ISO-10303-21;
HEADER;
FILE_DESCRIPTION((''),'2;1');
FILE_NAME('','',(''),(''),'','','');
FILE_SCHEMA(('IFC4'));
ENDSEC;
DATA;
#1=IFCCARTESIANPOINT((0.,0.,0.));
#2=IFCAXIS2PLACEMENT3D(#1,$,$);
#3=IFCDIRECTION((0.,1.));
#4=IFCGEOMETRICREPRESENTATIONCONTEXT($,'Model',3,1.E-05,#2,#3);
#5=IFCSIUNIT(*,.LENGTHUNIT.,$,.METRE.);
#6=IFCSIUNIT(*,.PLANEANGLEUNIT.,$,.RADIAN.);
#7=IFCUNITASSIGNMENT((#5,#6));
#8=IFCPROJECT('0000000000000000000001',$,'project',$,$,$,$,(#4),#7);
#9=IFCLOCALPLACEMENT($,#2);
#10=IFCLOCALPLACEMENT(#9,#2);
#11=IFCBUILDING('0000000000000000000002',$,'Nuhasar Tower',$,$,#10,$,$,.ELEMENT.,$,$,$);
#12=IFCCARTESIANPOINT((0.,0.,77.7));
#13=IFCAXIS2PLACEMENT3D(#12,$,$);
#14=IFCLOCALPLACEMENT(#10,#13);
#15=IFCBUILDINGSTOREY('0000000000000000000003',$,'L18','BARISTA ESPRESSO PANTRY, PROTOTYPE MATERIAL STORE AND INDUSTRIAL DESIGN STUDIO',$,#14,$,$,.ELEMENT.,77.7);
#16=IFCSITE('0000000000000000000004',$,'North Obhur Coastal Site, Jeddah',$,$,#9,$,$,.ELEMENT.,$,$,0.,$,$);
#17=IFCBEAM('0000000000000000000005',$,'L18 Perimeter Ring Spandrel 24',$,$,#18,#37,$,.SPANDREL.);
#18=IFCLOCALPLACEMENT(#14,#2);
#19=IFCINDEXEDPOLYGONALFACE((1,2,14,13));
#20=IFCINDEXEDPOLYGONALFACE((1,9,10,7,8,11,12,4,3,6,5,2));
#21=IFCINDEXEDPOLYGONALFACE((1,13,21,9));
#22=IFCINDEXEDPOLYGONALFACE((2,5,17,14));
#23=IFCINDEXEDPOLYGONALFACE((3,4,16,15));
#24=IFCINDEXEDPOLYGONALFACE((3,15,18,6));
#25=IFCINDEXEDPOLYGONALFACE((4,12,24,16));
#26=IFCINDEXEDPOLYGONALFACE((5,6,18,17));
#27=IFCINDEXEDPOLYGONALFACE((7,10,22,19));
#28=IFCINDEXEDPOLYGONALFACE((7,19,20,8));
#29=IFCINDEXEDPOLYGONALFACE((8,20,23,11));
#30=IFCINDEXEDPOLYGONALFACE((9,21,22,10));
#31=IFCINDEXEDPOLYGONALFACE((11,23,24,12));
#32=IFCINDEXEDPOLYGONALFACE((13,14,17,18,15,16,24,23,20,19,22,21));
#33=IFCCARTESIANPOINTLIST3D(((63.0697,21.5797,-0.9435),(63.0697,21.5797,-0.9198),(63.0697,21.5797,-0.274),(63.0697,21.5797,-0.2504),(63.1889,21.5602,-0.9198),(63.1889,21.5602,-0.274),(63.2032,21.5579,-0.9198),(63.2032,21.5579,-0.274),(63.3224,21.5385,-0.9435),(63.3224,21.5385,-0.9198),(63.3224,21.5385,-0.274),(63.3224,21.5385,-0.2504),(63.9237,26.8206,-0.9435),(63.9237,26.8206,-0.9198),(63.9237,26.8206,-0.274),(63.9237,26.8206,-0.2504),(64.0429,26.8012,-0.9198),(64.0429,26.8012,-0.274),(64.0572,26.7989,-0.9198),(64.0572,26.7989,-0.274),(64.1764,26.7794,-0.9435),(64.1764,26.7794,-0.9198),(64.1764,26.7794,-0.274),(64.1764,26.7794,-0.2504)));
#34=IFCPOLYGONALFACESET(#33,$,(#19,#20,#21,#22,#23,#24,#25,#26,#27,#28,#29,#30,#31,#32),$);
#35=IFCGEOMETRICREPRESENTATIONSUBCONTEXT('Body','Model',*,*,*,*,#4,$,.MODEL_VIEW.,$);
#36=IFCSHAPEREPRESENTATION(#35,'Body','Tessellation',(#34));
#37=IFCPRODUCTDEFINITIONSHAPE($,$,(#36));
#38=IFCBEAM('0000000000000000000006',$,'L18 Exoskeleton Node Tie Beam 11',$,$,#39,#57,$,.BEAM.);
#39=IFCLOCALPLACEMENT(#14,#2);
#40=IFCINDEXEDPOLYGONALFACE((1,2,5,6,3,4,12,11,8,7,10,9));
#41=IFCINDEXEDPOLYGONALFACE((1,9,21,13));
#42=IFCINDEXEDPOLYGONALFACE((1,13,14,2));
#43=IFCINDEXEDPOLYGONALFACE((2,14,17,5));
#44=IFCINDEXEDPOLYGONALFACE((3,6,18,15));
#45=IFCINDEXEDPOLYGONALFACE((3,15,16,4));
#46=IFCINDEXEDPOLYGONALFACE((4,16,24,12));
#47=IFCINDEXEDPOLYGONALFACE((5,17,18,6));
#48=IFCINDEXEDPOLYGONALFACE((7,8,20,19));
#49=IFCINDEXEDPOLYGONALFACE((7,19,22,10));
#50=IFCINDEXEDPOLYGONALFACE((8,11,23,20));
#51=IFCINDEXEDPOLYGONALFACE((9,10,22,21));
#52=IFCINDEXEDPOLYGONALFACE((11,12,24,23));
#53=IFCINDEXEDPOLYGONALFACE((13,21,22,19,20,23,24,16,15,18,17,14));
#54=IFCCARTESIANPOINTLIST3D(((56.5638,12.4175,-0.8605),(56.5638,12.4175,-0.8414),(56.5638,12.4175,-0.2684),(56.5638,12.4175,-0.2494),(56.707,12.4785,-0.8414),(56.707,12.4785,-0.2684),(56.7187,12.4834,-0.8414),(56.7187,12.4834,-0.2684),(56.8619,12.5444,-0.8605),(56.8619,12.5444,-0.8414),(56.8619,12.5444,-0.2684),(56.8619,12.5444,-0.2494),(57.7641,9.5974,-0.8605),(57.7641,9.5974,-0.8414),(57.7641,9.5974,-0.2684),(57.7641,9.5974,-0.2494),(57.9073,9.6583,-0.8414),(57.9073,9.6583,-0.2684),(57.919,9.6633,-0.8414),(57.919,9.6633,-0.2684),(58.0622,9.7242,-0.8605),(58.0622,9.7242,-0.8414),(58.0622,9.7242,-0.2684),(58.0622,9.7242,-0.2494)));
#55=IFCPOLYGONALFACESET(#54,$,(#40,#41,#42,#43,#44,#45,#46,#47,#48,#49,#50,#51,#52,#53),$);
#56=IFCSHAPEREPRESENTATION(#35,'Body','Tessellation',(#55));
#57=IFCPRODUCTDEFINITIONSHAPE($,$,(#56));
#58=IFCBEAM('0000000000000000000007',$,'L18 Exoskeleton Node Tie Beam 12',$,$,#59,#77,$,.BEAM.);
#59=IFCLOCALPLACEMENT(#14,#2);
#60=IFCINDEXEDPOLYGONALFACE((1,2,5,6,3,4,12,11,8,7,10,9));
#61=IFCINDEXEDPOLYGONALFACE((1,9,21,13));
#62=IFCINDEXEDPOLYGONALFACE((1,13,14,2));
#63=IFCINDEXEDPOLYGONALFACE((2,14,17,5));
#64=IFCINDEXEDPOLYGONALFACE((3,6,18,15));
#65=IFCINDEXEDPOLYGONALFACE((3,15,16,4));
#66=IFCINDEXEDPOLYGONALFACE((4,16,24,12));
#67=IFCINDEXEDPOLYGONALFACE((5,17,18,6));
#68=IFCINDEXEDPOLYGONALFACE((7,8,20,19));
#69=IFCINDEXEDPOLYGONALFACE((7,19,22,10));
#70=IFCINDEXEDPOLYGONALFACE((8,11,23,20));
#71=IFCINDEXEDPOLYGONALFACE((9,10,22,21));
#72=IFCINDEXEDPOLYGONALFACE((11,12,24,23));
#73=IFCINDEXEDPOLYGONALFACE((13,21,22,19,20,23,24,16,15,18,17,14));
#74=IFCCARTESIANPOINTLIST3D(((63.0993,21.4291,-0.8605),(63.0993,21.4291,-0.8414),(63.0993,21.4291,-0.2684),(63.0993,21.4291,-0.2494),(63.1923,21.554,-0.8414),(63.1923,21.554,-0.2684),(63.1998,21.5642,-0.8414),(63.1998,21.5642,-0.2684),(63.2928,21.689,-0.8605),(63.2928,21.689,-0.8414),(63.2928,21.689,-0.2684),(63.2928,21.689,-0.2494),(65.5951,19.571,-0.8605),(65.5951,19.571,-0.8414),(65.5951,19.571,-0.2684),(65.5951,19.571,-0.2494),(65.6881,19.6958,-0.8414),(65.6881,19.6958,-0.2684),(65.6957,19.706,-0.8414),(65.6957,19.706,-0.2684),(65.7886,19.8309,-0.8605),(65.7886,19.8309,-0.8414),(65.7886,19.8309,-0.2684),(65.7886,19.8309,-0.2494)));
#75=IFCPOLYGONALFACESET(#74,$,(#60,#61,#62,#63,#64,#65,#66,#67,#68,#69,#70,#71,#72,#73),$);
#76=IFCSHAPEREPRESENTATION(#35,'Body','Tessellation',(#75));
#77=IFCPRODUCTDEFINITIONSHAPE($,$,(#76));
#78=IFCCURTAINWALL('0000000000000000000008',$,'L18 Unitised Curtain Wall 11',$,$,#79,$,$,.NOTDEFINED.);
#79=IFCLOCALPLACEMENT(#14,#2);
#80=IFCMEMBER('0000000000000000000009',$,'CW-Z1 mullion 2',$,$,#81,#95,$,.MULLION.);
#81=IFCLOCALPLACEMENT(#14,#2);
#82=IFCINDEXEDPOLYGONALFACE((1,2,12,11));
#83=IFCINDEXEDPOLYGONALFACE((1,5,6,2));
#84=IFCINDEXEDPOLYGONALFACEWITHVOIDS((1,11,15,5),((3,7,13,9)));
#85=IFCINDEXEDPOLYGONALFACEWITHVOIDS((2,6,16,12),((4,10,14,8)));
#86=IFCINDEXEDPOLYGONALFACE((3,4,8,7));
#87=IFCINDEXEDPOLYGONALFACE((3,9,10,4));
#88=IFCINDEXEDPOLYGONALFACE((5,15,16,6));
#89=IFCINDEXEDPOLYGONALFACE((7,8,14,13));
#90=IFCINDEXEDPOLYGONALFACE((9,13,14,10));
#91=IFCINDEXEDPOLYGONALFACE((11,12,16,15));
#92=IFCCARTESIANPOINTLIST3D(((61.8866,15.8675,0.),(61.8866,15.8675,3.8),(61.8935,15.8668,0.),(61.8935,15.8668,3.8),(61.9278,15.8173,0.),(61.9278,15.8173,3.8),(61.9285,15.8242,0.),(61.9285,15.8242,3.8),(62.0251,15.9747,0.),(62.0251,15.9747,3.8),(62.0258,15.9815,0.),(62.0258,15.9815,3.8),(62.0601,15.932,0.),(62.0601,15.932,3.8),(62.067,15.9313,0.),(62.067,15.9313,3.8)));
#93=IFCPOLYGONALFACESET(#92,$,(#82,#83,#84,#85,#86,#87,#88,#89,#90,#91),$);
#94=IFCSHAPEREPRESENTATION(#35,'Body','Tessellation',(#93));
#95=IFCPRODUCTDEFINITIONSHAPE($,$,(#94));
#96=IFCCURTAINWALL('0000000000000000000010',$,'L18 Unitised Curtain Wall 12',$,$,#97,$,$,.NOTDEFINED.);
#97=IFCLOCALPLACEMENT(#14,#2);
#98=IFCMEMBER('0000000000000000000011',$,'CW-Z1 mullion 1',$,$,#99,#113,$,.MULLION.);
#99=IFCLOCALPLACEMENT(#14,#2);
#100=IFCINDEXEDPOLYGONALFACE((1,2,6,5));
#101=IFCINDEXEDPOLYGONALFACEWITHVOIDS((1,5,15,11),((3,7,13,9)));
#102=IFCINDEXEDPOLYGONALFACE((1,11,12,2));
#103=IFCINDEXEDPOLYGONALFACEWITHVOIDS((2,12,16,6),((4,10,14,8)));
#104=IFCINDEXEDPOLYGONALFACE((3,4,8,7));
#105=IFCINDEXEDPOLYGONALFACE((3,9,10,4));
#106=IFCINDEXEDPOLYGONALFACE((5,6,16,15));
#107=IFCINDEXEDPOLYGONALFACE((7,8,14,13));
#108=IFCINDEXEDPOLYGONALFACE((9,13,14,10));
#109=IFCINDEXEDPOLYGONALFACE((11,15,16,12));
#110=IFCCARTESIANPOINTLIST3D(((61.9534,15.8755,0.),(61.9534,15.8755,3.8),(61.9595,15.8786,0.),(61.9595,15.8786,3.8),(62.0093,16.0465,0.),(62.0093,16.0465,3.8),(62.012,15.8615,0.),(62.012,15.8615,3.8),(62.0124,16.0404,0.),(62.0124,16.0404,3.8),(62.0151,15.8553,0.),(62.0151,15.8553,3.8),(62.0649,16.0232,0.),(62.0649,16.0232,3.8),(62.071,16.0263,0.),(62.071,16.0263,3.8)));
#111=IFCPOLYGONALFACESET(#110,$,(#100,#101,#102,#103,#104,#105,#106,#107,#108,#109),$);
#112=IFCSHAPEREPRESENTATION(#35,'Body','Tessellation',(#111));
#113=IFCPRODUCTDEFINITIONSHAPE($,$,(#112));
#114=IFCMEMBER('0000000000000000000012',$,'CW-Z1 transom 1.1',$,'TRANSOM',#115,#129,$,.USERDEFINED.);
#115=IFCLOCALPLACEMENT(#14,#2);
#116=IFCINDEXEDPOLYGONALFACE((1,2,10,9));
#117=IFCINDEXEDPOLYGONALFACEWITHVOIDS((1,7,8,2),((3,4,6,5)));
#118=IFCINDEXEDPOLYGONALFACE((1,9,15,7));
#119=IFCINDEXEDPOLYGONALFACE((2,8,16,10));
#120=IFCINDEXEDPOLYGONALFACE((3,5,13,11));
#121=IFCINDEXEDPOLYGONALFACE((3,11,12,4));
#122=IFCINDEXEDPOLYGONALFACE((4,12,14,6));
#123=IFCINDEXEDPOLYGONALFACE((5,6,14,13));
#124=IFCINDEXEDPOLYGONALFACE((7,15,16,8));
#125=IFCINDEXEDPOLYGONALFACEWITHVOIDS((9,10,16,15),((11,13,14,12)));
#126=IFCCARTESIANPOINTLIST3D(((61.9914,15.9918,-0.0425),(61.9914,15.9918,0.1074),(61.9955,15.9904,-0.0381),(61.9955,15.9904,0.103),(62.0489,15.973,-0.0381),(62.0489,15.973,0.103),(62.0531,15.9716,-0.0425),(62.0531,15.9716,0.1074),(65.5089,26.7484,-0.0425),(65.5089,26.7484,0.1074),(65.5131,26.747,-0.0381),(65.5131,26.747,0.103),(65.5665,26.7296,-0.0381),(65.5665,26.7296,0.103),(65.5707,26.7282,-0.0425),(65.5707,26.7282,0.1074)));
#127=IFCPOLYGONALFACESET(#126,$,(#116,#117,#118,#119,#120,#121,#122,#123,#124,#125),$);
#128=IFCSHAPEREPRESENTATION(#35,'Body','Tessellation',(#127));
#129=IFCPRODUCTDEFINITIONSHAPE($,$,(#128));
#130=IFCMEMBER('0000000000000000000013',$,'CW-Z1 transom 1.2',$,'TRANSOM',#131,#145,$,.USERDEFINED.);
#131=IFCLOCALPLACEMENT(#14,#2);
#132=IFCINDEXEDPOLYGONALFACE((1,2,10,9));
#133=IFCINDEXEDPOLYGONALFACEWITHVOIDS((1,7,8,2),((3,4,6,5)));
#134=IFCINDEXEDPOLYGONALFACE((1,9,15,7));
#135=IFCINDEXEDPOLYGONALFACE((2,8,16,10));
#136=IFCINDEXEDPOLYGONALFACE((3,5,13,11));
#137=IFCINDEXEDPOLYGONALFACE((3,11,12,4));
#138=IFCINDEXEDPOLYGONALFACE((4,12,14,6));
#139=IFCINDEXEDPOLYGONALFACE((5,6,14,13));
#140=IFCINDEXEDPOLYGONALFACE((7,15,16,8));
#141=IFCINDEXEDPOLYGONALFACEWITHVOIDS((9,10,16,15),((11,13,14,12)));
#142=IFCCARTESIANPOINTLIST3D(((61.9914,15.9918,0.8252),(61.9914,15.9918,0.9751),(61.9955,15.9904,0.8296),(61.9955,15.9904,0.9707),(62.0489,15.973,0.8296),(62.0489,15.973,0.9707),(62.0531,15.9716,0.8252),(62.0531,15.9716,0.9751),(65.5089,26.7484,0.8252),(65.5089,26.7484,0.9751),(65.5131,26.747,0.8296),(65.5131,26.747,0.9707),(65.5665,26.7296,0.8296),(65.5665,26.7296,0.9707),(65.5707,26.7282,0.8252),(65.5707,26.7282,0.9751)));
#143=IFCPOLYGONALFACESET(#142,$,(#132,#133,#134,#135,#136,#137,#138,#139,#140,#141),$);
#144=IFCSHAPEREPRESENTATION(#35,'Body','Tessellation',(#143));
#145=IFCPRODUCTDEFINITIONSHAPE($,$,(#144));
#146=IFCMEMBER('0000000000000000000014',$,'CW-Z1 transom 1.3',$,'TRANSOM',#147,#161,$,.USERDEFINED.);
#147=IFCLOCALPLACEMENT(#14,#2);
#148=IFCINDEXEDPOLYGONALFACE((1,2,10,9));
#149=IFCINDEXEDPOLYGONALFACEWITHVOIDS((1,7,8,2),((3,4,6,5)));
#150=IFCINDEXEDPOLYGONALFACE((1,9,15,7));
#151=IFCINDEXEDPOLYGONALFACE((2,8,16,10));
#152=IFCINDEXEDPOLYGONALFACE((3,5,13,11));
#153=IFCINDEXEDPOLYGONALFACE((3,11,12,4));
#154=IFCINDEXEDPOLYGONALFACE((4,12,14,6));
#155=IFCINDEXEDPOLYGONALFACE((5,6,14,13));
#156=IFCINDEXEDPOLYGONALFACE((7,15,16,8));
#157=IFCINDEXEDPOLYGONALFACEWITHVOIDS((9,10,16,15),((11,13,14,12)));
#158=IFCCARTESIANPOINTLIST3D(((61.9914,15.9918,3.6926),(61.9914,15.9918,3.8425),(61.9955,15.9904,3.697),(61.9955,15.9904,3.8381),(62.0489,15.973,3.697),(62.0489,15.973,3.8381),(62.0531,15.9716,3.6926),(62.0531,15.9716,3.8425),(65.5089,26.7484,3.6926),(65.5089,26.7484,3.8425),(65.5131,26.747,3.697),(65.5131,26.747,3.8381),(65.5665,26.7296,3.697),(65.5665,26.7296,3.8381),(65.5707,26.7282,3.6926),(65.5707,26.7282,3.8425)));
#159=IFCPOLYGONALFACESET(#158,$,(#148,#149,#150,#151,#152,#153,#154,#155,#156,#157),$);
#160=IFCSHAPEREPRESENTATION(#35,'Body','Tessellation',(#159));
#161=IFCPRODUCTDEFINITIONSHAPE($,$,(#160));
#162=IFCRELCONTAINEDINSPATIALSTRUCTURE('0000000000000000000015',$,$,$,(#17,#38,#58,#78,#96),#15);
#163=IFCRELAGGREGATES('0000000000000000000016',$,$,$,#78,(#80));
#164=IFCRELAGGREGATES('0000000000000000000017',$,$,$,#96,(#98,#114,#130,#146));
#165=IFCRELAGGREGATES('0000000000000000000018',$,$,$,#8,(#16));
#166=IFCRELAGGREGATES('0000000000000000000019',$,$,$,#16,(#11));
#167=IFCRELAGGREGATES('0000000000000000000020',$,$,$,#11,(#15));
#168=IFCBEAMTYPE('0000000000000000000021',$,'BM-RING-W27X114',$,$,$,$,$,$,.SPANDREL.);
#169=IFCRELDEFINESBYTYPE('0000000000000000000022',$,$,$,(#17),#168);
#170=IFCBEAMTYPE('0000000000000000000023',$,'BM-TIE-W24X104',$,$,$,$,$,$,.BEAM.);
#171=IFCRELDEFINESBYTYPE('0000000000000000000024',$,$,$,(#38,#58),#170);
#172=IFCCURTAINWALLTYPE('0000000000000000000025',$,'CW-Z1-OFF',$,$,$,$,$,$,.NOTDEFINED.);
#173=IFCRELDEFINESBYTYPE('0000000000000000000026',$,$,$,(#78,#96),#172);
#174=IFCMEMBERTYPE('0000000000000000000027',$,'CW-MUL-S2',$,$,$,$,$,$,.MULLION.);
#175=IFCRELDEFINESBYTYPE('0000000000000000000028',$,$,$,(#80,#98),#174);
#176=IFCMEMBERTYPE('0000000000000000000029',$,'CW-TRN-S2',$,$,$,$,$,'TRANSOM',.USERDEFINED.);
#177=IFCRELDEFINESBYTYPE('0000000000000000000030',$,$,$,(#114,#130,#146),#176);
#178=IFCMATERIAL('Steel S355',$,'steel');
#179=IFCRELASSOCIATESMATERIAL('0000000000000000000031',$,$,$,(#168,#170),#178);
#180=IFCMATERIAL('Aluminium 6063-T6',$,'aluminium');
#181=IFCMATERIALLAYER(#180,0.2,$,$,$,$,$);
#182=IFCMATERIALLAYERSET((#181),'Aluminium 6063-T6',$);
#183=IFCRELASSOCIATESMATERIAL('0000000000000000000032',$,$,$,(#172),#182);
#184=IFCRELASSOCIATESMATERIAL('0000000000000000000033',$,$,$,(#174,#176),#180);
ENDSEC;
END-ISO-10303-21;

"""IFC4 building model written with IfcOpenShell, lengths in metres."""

from ifc_helpers import new_model, si_unit, direction, frame, origin, origin_2d, place, context, subcontext, project, spatial, hollow_rectangle, i_section, extrude, material, layer, layer_set, material_profile, profile_set, type_object, element, aggregate, save


model = new_model("IFC4")

# Units and contexts
model_context = context("Model", 3, precision=1e-05, world=origin(), true_north=direction((0.0, 1.0)))
body_context = subcontext(model_context, "Body", "Model", "MODEL_VIEW")
ifc_project = project(units=[si_unit("LENGTHUNIT", "METRE"), si_unit("PLANEANGLEUNIT", "RADIAN")], contexts=[model_context])

# Site, building, storey
site_placement = place(None, origin())
site = spatial("IfcSite", under=ifc_project, at=site_placement, Name="North Obhur Coastal Site, Jeddah", CompositionType="ELEMENT", RefElevation=0.0)
building_placement = place(site_placement, origin())
building = spatial("IfcBuilding", under=site, at=building_placement, Name="Nuhasar Tower", CompositionType="ELEMENT")
storey_placement = place(building_placement, frame((0.0, 0.0, 77.7)))
storey = spatial("IfcBuildingStorey", under=building, at=storey_placement, Name="L18", Description="BARISTA ESPRESSO PANTRY, PROTOTYPE MATERIAL STORE AND INDUSTRIAL DESIGN STUDIO", CompositionType="ELEMENT", Elevation=77.7)

# Beams
ifc_material_1 = material(Name="Steel S355", Category="steel")
ifc_material_profile_1 = material_profile(ifc_material_1, i_section(OverallWidth=0.2561, OverallDepth=0.6931, WebThickness=0.0144, FlangeThickness=0.0237, at=origin_2d()), Name="W27X114")
ifc_profile_set_1 = profile_set([ifc_material_profile_1], Name="Steel S355")
beam_type_1 = type_object("IfcBeamType", Name="BM-RING-W27X114", PredefinedType="SPANDREL", material=ifc_profile_set_1)
beam_1_placement = place(storey_placement, frame((63.196, 21.5591, -0.5969), z_axis=(0.160827, 0.986983, 0.0), x_axis=(-0.986983, 0.160827, 0.0)))
element("IfcBeam", 1, at=beam_1_placement, inside=storey, type_object=beam_type_1, Name="L18 Perimeter Ring Spandrel 24", PredefinedType="SPANDREL", context=body_context, shape_type="SweptSolid", body=[
    extrude(i_section(OverallWidth=0.2561, OverallDepth=0.6931, WebThickness=0.0144, FlangeThickness=0.0237, at=origin_2d()), origin(), (0.0, 0.0, 1.0), 5.3101),
])
ifc_material_profile_2 = material_profile(ifc_material_1, i_section(OverallWidth=0.324, OverallDepth=0.6111, WebThickness=0.0127, FlangeThickness=0.019, at=origin_2d()), Name="W24X104")
ifc_profile_set_2 = profile_set([ifc_material_profile_2], Name="Steel S355")
beam_type_2 = type_object("IfcBeamType", Name="BM-TIE-W24X104", PredefinedType="BEAM", material=ifc_profile_set_2)
beam_2_placement = place(storey_placement, frame((56.7129, 12.481, -0.5549), z_axis=(0.391601, -0.920135, 0.0), x_axis=(0.920135, 0.391601, 0.0)))
element("IfcBeam", 2, at=beam_2_placement, inside=storey, type_object=beam_type_2, Name="L18 Exoskeleton Node Tie Beam 11", PredefinedType="BEAM", context=body_context, shape_type="SweptSolid", body=[
    extrude(i_section(OverallWidth=0.324, OverallDepth=0.6111, WebThickness=0.0127, FlangeThickness=0.019, at=origin_2d()), origin(), (0.0, 0.0, 1.0), 3.0649),
])
beam_3_placement = place(storey_placement, frame((63.196, 21.5591, -0.5549), z_axis=(0.802113, -0.597172, 0.0), x_axis=(0.597172, 0.802113, 0.0)))
element("IfcBeam", 3, at=beam_3_placement, inside=storey, type_object=beam_type_2, Name="L18 Exoskeleton Node Tie Beam 12", PredefinedType="BEAM", context=body_context, shape_type="SweptSolid", body=[
    extrude(i_section(OverallWidth=0.324, OverallDepth=0.6111, WebThickness=0.0127, FlangeThickness=0.019, at=origin_2d()), origin(), (0.0, 0.0, 1.0), 3.1116),
])

# Curtain wall, member
ifc_material_2 = material(Name="Aluminium 6063-T6", Category="aluminium")
ifc_layer_1 = layer(ifc_material_2, 0.2)
ifc_layer_set_1 = layer_set([ifc_layer_1], Name="Aluminium 6063-T6")
curtain_wall_type = type_object("IfcCurtainWallType", Name="CW-Z1-OFF", PredefinedType="NOTDEFINED", material=ifc_layer_set_1)
curtain_wall_1_placement = place(storey_placement, origin())
curtain_wall_1 = element("IfcCurtainWall", 4, at=curtain_wall_1_placement, inside=storey, type_object=curtain_wall_type, Name="L18 Unitised Curtain Wall 11", PredefinedType="NOTDEFINED")
ifc_material_profile_3 = material_profile(ifc_material_2, hollow_rectangle(XDim=0.0649, YDim=0.1799, WallThickness=0.0049, at=origin_2d()), Name="CWM-2")
ifc_profile_set_3 = profile_set([ifc_material_profile_3], Name="Aluminium 6063-T6")
member_type_1 = type_object("IfcMemberType", Name="CW-MUL-S2", PredefinedType="MULLION", material=ifc_profile_set_3)
member_1_placement = place(storey_placement, frame((61.9768, 15.8994, 0.0), z_axis=(0.0, 0.0, 1.0), x_axis=(-0.633745, 0.773542, 0.0)))
member_1 = element("IfcMember", 5, at=member_1_placement, type_object=member_type_1, Name="CW-Z1 mullion 2", PredefinedType="MULLION", context=body_context, shape_type="SweptSolid", body=[
    extrude(hollow_rectangle(XDim=0.0649, YDim=0.1799, WallThickness=0.0049, at=origin_2d()), origin(), (0.0, 0.0, 1.0), 3.8),
])

# Curtain wall, members
curtain_wall_2_placement = place(storey_placement, origin())
curtain_wall_2 = element("IfcCurtainWall", 6, at=curtain_wall_2_placement, inside=storey, type_object=curtain_wall_type, Name="L18 Unitised Curtain Wall 12", PredefinedType="NOTDEFINED")
member_2_placement = place(storey_placement, frame((62.0122, 15.9509, 0.0), z_axis=(0.0, 0.0, 1.0), x_axis=(-0.950468, 0.310824, 0.0)))
member_2 = element("IfcMember", 7, at=member_2_placement, type_object=member_type_1, Name="CW-Z1 mullion 1", PredefinedType="MULLION", context=body_context, shape_type="SweptSolid", body=[
    extrude(hollow_rectangle(XDim=0.0649, YDim=0.1799, WallThickness=0.0049, at=origin_2d()), origin(), (0.0, 0.0, 1.0), 3.8),
])
ifc_material_profile_4 = material_profile(ifc_material_2, hollow_rectangle(XDim=0.0649, YDim=0.1499, WallThickness=0.0044, at=origin_2d()), Name="CWT-2")
ifc_profile_set_4 = profile_set([ifc_material_profile_4], Name="Aluminium 6063-T6")
member_type_2 = type_object("IfcMemberType", Name="CW-TRN-S2", ElementType="TRANSOM", PredefinedType="USERDEFINED", material=ifc_profile_set_4)
member_3_placement = place(storey_placement, frame((62.0222, 15.9817, 0.0325), z_axis=(0.310819, 0.950469, 0.0), x_axis=(-0.950469, 0.310819, 0.0)))
member_3 = element("IfcMember", 8, at=member_3_placement, type_object=member_type_2, Name="CW-Z1 transom 1.1", ObjectType="TRANSOM", PredefinedType="USERDEFINED", context=body_context, shape_type="SweptSolid", body=[
    extrude(hollow_rectangle(XDim=0.0649, YDim=0.1499, WallThickness=0.0044, at=origin_2d()), origin(), (0.0, 0.0, 1.0), 11.3171),
])
member_4_placement = place(storey_placement, frame((62.0222, 15.9817, 0.9001), z_axis=(0.310819, 0.950469, 0.0), x_axis=(-0.950469, 0.310819, 0.0)))
member_4 = element("IfcMember", 9, at=member_4_placement, type_object=member_type_2, Name="CW-Z1 transom 1.2", ObjectType="TRANSOM", PredefinedType="USERDEFINED", context=body_context, shape_type="SweptSolid", body=[
    extrude(hollow_rectangle(XDim=0.0649, YDim=0.1499, WallThickness=0.0044, at=origin_2d()), origin(), (0.0, 0.0, 1.0), 11.3171),
])
member_5_placement = place(storey_placement, frame((62.0222, 15.9817, 3.7676), z_axis=(0.310819, 0.950469, 0.0), x_axis=(-0.950469, 0.310819, 0.0)))
member_5 = element("IfcMember", 10, at=member_5_placement, type_object=member_type_2, Name="CW-Z1 transom 1.3", ObjectType="TRANSOM", PredefinedType="USERDEFINED", context=body_context, shape_type="SweptSolid", body=[
    extrude(hollow_rectangle(XDim=0.0649, YDim=0.1499, WallThickness=0.0044, at=origin_2d()), origin(), (0.0, 0.0, 1.0), 11.3171),
])

aggregate(curtain_wall_1, [member_1])
aggregate(curtain_wall_2, [member_2, member_3, member_4, member_5])

save(model, "model.ifc")
